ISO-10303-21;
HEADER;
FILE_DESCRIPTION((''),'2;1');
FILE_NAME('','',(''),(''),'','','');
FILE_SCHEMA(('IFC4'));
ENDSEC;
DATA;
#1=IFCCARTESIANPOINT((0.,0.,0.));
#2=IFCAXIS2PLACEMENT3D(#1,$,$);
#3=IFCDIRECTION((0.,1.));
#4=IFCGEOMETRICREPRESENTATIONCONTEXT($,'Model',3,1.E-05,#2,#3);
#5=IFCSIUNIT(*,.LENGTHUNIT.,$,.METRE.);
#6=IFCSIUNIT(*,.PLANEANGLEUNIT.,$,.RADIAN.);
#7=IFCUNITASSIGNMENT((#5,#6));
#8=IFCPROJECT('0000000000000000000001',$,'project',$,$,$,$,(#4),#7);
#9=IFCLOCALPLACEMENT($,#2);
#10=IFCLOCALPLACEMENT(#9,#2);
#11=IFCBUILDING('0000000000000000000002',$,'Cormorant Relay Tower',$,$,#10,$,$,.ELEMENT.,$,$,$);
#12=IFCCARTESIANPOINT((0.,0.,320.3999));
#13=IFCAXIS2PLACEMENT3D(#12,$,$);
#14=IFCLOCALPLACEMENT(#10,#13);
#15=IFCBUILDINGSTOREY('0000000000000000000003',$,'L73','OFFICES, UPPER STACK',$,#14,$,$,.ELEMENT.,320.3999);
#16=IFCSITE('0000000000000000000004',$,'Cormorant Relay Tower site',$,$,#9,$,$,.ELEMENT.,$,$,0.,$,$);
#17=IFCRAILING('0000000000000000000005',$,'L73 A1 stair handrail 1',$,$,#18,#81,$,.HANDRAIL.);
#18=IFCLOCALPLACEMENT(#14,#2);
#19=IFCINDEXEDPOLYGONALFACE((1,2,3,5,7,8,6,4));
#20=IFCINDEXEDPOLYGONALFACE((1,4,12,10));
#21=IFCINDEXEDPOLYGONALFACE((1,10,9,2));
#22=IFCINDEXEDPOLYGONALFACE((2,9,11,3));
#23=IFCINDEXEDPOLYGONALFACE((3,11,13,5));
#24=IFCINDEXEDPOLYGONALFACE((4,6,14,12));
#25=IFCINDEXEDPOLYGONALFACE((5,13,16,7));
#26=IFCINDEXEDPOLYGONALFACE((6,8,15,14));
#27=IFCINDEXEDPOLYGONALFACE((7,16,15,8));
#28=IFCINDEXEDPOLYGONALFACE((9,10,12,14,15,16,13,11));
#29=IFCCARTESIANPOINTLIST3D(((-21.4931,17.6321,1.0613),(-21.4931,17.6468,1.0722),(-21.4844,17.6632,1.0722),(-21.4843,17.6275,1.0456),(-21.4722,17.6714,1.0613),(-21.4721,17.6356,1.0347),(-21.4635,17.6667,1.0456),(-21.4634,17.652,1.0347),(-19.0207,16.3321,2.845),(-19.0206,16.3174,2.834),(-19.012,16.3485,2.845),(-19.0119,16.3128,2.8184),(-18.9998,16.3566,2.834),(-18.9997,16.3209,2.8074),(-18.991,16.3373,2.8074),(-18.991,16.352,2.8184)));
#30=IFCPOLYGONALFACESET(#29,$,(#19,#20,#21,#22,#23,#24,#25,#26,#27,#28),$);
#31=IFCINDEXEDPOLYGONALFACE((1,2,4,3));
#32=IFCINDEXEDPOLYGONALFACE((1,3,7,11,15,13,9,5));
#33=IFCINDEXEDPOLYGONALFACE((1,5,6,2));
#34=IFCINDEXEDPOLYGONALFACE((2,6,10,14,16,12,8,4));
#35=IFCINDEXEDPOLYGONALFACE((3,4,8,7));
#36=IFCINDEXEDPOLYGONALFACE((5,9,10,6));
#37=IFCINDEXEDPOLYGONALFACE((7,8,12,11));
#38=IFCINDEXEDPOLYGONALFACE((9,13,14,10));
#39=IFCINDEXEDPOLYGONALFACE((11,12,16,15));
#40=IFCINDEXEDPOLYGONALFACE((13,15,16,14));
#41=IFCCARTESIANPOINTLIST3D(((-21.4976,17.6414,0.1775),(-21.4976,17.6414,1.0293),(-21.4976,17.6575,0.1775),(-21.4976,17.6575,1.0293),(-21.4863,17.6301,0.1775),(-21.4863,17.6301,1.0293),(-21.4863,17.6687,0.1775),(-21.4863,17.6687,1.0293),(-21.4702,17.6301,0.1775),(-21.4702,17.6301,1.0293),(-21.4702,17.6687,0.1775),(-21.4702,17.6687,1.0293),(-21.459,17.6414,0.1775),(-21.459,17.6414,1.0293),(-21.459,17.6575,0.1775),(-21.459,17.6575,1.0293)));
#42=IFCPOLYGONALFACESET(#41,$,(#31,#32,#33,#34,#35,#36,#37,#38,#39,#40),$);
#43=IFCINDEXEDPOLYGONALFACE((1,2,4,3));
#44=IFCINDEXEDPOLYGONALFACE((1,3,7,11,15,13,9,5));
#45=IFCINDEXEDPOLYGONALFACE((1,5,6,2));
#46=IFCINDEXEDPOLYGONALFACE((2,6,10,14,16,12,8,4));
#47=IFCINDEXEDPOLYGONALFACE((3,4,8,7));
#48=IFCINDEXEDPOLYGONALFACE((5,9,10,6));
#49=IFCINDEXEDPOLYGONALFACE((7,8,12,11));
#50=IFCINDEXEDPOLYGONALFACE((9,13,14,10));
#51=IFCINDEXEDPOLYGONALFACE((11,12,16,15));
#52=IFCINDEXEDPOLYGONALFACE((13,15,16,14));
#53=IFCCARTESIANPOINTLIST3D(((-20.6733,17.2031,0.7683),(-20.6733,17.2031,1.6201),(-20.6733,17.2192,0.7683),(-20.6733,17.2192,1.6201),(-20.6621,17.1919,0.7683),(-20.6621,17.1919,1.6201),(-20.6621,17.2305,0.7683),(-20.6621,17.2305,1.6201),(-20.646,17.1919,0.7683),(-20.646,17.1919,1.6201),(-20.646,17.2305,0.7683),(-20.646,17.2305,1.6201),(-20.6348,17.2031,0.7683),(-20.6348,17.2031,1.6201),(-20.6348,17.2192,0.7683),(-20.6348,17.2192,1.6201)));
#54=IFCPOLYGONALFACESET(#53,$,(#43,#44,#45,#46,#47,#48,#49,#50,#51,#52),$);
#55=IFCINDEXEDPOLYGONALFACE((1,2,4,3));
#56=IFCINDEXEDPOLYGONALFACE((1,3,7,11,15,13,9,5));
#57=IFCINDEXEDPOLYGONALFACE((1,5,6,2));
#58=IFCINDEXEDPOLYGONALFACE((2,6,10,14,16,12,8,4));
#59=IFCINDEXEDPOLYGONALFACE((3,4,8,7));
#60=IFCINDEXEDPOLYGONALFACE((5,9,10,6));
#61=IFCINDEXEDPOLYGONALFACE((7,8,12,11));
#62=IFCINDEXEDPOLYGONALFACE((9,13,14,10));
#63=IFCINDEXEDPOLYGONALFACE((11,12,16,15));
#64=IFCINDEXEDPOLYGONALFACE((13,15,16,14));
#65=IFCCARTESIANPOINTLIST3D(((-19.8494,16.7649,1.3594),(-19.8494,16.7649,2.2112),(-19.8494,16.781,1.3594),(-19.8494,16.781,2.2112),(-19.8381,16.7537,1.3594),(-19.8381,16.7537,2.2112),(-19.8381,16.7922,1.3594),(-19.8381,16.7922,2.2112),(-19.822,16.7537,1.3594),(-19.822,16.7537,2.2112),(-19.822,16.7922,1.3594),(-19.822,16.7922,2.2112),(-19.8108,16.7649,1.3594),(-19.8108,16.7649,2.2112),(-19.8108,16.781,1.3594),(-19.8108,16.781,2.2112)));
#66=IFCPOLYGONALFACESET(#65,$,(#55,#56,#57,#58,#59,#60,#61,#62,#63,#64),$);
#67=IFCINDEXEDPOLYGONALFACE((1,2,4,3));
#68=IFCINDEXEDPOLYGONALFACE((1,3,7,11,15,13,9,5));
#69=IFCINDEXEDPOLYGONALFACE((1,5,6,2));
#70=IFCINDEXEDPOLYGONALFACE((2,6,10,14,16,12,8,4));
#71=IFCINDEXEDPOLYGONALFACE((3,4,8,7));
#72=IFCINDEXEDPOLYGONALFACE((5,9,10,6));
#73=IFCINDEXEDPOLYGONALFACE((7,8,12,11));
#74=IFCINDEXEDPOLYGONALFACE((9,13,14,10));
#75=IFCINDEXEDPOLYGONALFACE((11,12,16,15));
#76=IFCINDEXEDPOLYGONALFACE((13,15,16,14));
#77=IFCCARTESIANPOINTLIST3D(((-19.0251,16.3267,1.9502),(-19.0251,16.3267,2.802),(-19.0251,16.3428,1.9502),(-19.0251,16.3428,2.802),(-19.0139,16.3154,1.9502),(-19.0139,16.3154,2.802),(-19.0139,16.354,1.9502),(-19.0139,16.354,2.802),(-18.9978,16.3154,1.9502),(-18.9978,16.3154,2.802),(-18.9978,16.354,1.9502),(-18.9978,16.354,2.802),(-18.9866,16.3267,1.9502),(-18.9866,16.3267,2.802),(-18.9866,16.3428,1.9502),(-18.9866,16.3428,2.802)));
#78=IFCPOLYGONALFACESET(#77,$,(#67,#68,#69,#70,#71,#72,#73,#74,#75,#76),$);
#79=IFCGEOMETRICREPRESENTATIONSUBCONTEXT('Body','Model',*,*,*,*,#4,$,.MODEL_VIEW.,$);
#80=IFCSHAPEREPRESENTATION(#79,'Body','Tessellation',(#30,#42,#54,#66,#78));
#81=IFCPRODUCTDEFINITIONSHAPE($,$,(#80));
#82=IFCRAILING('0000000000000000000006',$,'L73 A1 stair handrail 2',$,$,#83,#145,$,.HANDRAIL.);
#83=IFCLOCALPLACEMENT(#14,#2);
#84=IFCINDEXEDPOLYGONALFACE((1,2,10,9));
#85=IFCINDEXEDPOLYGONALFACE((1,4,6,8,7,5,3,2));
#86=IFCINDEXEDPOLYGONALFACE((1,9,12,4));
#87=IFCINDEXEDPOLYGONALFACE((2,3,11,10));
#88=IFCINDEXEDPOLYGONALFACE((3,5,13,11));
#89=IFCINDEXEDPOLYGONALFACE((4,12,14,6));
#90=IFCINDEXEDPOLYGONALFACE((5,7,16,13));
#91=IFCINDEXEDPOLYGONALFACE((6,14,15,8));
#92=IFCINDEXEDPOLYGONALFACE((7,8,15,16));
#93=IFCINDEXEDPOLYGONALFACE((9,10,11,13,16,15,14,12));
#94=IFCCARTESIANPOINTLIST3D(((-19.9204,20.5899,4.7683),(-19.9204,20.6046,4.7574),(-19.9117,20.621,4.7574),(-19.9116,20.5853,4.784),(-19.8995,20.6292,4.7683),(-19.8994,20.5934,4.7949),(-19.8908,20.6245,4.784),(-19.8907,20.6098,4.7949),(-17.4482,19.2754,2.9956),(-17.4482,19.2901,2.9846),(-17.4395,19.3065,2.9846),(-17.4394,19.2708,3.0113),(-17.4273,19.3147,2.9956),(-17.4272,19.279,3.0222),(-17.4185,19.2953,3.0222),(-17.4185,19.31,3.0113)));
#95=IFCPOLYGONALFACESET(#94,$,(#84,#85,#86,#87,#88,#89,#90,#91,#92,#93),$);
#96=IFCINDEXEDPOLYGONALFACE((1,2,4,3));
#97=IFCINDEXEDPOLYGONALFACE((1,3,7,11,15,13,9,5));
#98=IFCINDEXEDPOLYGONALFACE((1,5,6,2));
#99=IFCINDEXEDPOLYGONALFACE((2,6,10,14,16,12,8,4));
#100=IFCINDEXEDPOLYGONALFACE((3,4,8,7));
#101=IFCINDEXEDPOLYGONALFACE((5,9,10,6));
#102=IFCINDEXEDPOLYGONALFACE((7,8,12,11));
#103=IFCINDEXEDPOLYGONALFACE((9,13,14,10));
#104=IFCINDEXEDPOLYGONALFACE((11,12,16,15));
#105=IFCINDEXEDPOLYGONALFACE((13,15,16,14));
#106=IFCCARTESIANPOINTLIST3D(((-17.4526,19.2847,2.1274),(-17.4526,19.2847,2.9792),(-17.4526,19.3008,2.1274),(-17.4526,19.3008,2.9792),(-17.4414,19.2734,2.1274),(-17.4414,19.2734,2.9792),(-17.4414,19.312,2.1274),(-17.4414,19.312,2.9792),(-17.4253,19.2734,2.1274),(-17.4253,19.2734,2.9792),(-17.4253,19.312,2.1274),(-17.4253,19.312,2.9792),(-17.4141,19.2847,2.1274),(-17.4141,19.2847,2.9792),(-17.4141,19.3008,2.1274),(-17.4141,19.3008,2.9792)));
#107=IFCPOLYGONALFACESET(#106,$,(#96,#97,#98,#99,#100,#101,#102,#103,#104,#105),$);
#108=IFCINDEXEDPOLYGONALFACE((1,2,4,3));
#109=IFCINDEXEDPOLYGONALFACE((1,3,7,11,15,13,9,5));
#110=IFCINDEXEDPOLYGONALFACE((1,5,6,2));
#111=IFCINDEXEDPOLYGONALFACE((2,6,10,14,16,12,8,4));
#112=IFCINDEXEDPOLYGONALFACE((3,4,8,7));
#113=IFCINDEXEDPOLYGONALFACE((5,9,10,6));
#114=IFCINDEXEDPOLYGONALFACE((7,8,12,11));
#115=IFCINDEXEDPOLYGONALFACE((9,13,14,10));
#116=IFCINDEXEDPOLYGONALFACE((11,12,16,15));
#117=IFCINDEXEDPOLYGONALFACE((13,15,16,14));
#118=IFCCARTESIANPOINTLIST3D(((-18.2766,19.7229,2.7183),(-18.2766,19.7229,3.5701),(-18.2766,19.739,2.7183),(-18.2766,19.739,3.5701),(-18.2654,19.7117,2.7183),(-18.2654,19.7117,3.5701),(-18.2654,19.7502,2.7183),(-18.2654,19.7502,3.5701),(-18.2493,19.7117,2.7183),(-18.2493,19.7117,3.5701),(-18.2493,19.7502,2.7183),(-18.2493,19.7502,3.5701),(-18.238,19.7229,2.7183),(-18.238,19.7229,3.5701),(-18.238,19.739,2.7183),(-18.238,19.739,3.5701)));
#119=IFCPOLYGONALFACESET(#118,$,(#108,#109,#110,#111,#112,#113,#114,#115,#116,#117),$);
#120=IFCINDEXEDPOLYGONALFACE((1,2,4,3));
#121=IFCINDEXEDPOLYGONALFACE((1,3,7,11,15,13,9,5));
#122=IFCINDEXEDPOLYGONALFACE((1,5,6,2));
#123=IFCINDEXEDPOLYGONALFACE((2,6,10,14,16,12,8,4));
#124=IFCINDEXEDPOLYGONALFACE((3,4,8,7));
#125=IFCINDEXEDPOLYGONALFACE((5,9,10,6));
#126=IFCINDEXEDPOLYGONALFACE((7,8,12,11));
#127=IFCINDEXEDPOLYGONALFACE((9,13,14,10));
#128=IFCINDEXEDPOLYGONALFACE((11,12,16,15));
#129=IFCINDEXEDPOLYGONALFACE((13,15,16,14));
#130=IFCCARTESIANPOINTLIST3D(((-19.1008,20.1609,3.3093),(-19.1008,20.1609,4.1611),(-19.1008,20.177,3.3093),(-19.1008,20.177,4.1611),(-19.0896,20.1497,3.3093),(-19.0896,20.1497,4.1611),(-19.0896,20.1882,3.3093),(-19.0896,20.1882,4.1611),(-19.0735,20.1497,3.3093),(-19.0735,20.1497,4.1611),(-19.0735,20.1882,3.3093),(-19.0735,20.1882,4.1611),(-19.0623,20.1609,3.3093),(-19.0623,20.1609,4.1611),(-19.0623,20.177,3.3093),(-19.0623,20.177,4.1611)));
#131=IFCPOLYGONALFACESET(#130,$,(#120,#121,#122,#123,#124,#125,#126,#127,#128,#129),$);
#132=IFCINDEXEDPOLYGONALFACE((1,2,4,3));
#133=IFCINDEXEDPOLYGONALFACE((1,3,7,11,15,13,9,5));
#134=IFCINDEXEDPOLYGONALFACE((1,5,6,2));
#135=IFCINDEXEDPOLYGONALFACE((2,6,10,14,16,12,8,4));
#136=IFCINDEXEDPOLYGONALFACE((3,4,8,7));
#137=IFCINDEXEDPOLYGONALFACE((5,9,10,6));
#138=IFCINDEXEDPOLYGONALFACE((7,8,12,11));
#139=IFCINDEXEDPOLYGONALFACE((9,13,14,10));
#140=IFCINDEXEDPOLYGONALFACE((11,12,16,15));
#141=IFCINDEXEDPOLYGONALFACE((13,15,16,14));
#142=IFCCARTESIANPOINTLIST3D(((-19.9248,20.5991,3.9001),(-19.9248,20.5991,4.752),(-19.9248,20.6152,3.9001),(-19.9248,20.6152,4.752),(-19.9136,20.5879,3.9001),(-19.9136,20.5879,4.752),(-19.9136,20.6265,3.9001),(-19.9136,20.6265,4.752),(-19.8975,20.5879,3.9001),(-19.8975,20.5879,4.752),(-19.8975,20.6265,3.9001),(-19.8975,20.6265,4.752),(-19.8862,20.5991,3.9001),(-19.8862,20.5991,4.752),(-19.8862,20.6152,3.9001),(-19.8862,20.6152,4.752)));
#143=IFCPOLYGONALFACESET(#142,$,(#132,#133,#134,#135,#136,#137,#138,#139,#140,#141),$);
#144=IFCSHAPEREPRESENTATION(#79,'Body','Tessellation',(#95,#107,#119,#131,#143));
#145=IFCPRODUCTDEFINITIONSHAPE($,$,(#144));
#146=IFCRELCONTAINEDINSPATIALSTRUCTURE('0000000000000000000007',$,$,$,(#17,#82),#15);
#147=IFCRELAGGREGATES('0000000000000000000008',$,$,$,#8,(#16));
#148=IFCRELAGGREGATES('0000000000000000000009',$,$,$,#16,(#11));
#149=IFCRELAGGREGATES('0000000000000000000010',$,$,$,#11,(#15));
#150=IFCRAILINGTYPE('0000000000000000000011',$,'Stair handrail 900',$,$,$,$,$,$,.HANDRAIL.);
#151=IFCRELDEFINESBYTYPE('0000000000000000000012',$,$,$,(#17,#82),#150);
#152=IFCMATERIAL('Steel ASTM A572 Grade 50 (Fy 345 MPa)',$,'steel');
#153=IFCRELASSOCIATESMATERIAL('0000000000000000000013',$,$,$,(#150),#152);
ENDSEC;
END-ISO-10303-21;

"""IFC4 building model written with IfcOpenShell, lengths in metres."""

from ifc_helpers import new_model, si_unit, direction, frame, origin, place, context, subcontext, project, spatial, polyline, outline, extrude, material, type_object, element, save


model = new_model("IFC4")

# Units and contexts
model_context = context("Model", 3, precision=1e-05, world=origin(), true_north=direction((0.0, 1.0)))
body_context = subcontext(model_context, "Body", "Model", "MODEL_VIEW")
ifc_project = project(units=[si_unit("LENGTHUNIT", "METRE"), si_unit("PLANEANGLEUNIT", "RADIAN")], contexts=[model_context])

# Site, building, storey
site_placement = place(None, origin())
site = spatial("IfcSite", under=ifc_project, at=site_placement, Name="Cormorant Relay Tower site", CompositionType="ELEMENT", RefElevation=0.0)
building_placement = place(site_placement, origin())
building = spatial("IfcBuilding", under=site, at=building_placement, Name="Cormorant Relay Tower", CompositionType="ELEMENT")
storey_placement = place(building_placement, frame((0.0, 0.0, 320.3999)))
storey = spatial("IfcBuildingStorey", under=building, at=storey_placement, Name="L73", Description="OFFICES, UPPER STACK", CompositionType="ELEMENT", Elevation=320.3999)

# Railings
ifc_material_1 = material(Name="Steel ASTM A572 Grade 50 (Fy 345 MPa)", Category="steel")
railing_type_1 = type_object("IfcRailingType", Name="Stair handrail 900", PredefinedType="HANDRAIL", material=ifc_material_1)
railing_1_placement = place(storey_placement, frame((-21.4783, 17.6494, 0.1775)))
element("IfcRailing", 1, at=railing_1_placement, inside=storey, type_object=railing_type_1, Name="L73 A1 stair handrail 1", PredefinedType="HANDRAIL", context=body_context, shape_type="SweptSolid", body=[
    extrude(outline(polyline([(0.0222, 0.0093), (0.0093, 0.0222), (-0.0093, 0.0222), (-0.0222, 0.0093), (-0.0222, -0.0093), (-0.0093, -0.0222), (0.0093, -0.0222), (0.0222, -0.0093), (0.0222, 0.0093)])), frame((0.0, 0.0, 0.876), z_axis=(0.746012, -0.39669, 0.534886), x_axis=(0.469497, 0.882934, 0.0)), (0.0, 0.0, 1.0), 3.3142),
    extrude(outline(polyline([(0.0193, 0.0081), (0.0081, 0.0193), (-0.0081, 0.0193), (-0.0193, 0.0081), (-0.0193, -0.0081), (-0.0081, -0.0193), (0.0081, -0.0193), (0.0193, -0.0081), (0.0193, 0.0081)])), origin(), (0.0, 0.0, 1.0), 0.8518),
    extrude(outline(polyline([(0.0193, 0.0081), (0.0081, 0.0193), (-0.0081, 0.0193), (-0.0193, 0.0081), (-0.0193, -0.0081), (-0.0081, -0.0193), (0.0081, -0.0193), (0.0193, -0.0081), (0.0193, 0.0081)])), frame((0.8242, -0.4382, 0.5908)), (0.0, 0.0, 1.0), 0.8518),
    extrude(outline(polyline([(0.0193, 0.0081), (0.0081, 0.0193), (-0.0081, 0.0193), (-0.0193, 0.0081), (-0.0193, -0.0081), (-0.0081, -0.0193), (0.0081, -0.0193), (0.0193, -0.0081), (0.0193, 0.0081)])), frame((1.6482, -0.8765, 1.1819)), (0.0, 0.0, 1.0), 0.8518),
    extrude(outline(polyline([(0.0193, 0.0081), (0.0081, 0.0193), (-0.0081, 0.0193), (-0.0193, 0.0081), (-0.0193, -0.0081), (-0.0081, -0.0193), (0.0081, -0.0193), (0.0193, -0.0081), (0.0193, 0.0081)])), frame((2.4724, -1.3147, 1.7727)), (0.0, 0.0, 1.0), 0.8518),
])
railing_2_placement = place(storey_placement, frame((-17.4333, 19.2927, 2.1274)))
element("IfcRailing", 2, at=railing_2_placement, inside=storey, type_object=railing_type_1, Name="L73 A1 stair handrail 2", PredefinedType="HANDRAIL", context=body_context, shape_type="SweptSolid", body=[
    extrude(outline(polyline([(0.0222, 0.0093), (0.0093, 0.0222), (-0.0093, 0.0222), (-0.0222, 0.0093), (-0.0222, -0.0093), (-0.0093, -0.0222), (0.0093, -0.0222), (0.0222, -0.0093), (0.0222, 0.0093)])), frame((0.0, 0.0, 0.876), z_axis=(-0.746001, 0.396649, 0.534931), x_axis=(-0.469465, -0.882951, 0.0)), (0.0, 0.0, 1.0), 3.314),
    extrude(outline(polyline([(0.0193, 0.0081), (0.0081, 0.0193), (-0.0081, 0.0193), (-0.0193, 0.0081), (-0.0193, -0.0081), (-0.0081, -0.0193), (0.0081, -0.0193), (0.0193, -0.0081), (0.0193, 0.0081)])), origin(), (0.0, 0.0, 1.0), 0.8518),
    extrude(outline(polyline([(0.0193, 0.0081), (0.0081, 0.0193), (-0.0081, 0.0193), (-0.0193, 0.0081), (-0.0193, -0.0081), (-0.0081, -0.0193), (0.0081, -0.0193), (0.0193, -0.0081), (0.0193, 0.0081)])), frame((-0.824, 0.4382, 0.5908)), (0.0, 0.0, 1.0), 0.8518),
    extrude(outline(polyline([(0.0193, 0.0081), (0.0081, 0.0193), (-0.0081, 0.0193), (-0.0193, 0.0081), (-0.0193, -0.0081), (-0.0081, -0.0193), (0.0081, -0.0193), (0.0193, -0.0081), (0.0193, 0.0081)])), frame((-1.6482, 0.8762, 1.1819)), (0.0, 0.0, 1.0), 0.8518),
    extrude(outline(polyline([(0.0193, 0.0081), (0.0081, 0.0193), (-0.0081, 0.0193), (-0.0193, 0.0081), (-0.0193, -0.0081), (-0.0081, -0.0193), (0.0081, -0.0193), (0.0193, -0.0081), (0.0193, 0.0081)])), frame((-2.4722, 1.3145, 1.7727)), (0.0, 0.0, 1.0), 0.8518),
])

save(model, "model.ifc")
